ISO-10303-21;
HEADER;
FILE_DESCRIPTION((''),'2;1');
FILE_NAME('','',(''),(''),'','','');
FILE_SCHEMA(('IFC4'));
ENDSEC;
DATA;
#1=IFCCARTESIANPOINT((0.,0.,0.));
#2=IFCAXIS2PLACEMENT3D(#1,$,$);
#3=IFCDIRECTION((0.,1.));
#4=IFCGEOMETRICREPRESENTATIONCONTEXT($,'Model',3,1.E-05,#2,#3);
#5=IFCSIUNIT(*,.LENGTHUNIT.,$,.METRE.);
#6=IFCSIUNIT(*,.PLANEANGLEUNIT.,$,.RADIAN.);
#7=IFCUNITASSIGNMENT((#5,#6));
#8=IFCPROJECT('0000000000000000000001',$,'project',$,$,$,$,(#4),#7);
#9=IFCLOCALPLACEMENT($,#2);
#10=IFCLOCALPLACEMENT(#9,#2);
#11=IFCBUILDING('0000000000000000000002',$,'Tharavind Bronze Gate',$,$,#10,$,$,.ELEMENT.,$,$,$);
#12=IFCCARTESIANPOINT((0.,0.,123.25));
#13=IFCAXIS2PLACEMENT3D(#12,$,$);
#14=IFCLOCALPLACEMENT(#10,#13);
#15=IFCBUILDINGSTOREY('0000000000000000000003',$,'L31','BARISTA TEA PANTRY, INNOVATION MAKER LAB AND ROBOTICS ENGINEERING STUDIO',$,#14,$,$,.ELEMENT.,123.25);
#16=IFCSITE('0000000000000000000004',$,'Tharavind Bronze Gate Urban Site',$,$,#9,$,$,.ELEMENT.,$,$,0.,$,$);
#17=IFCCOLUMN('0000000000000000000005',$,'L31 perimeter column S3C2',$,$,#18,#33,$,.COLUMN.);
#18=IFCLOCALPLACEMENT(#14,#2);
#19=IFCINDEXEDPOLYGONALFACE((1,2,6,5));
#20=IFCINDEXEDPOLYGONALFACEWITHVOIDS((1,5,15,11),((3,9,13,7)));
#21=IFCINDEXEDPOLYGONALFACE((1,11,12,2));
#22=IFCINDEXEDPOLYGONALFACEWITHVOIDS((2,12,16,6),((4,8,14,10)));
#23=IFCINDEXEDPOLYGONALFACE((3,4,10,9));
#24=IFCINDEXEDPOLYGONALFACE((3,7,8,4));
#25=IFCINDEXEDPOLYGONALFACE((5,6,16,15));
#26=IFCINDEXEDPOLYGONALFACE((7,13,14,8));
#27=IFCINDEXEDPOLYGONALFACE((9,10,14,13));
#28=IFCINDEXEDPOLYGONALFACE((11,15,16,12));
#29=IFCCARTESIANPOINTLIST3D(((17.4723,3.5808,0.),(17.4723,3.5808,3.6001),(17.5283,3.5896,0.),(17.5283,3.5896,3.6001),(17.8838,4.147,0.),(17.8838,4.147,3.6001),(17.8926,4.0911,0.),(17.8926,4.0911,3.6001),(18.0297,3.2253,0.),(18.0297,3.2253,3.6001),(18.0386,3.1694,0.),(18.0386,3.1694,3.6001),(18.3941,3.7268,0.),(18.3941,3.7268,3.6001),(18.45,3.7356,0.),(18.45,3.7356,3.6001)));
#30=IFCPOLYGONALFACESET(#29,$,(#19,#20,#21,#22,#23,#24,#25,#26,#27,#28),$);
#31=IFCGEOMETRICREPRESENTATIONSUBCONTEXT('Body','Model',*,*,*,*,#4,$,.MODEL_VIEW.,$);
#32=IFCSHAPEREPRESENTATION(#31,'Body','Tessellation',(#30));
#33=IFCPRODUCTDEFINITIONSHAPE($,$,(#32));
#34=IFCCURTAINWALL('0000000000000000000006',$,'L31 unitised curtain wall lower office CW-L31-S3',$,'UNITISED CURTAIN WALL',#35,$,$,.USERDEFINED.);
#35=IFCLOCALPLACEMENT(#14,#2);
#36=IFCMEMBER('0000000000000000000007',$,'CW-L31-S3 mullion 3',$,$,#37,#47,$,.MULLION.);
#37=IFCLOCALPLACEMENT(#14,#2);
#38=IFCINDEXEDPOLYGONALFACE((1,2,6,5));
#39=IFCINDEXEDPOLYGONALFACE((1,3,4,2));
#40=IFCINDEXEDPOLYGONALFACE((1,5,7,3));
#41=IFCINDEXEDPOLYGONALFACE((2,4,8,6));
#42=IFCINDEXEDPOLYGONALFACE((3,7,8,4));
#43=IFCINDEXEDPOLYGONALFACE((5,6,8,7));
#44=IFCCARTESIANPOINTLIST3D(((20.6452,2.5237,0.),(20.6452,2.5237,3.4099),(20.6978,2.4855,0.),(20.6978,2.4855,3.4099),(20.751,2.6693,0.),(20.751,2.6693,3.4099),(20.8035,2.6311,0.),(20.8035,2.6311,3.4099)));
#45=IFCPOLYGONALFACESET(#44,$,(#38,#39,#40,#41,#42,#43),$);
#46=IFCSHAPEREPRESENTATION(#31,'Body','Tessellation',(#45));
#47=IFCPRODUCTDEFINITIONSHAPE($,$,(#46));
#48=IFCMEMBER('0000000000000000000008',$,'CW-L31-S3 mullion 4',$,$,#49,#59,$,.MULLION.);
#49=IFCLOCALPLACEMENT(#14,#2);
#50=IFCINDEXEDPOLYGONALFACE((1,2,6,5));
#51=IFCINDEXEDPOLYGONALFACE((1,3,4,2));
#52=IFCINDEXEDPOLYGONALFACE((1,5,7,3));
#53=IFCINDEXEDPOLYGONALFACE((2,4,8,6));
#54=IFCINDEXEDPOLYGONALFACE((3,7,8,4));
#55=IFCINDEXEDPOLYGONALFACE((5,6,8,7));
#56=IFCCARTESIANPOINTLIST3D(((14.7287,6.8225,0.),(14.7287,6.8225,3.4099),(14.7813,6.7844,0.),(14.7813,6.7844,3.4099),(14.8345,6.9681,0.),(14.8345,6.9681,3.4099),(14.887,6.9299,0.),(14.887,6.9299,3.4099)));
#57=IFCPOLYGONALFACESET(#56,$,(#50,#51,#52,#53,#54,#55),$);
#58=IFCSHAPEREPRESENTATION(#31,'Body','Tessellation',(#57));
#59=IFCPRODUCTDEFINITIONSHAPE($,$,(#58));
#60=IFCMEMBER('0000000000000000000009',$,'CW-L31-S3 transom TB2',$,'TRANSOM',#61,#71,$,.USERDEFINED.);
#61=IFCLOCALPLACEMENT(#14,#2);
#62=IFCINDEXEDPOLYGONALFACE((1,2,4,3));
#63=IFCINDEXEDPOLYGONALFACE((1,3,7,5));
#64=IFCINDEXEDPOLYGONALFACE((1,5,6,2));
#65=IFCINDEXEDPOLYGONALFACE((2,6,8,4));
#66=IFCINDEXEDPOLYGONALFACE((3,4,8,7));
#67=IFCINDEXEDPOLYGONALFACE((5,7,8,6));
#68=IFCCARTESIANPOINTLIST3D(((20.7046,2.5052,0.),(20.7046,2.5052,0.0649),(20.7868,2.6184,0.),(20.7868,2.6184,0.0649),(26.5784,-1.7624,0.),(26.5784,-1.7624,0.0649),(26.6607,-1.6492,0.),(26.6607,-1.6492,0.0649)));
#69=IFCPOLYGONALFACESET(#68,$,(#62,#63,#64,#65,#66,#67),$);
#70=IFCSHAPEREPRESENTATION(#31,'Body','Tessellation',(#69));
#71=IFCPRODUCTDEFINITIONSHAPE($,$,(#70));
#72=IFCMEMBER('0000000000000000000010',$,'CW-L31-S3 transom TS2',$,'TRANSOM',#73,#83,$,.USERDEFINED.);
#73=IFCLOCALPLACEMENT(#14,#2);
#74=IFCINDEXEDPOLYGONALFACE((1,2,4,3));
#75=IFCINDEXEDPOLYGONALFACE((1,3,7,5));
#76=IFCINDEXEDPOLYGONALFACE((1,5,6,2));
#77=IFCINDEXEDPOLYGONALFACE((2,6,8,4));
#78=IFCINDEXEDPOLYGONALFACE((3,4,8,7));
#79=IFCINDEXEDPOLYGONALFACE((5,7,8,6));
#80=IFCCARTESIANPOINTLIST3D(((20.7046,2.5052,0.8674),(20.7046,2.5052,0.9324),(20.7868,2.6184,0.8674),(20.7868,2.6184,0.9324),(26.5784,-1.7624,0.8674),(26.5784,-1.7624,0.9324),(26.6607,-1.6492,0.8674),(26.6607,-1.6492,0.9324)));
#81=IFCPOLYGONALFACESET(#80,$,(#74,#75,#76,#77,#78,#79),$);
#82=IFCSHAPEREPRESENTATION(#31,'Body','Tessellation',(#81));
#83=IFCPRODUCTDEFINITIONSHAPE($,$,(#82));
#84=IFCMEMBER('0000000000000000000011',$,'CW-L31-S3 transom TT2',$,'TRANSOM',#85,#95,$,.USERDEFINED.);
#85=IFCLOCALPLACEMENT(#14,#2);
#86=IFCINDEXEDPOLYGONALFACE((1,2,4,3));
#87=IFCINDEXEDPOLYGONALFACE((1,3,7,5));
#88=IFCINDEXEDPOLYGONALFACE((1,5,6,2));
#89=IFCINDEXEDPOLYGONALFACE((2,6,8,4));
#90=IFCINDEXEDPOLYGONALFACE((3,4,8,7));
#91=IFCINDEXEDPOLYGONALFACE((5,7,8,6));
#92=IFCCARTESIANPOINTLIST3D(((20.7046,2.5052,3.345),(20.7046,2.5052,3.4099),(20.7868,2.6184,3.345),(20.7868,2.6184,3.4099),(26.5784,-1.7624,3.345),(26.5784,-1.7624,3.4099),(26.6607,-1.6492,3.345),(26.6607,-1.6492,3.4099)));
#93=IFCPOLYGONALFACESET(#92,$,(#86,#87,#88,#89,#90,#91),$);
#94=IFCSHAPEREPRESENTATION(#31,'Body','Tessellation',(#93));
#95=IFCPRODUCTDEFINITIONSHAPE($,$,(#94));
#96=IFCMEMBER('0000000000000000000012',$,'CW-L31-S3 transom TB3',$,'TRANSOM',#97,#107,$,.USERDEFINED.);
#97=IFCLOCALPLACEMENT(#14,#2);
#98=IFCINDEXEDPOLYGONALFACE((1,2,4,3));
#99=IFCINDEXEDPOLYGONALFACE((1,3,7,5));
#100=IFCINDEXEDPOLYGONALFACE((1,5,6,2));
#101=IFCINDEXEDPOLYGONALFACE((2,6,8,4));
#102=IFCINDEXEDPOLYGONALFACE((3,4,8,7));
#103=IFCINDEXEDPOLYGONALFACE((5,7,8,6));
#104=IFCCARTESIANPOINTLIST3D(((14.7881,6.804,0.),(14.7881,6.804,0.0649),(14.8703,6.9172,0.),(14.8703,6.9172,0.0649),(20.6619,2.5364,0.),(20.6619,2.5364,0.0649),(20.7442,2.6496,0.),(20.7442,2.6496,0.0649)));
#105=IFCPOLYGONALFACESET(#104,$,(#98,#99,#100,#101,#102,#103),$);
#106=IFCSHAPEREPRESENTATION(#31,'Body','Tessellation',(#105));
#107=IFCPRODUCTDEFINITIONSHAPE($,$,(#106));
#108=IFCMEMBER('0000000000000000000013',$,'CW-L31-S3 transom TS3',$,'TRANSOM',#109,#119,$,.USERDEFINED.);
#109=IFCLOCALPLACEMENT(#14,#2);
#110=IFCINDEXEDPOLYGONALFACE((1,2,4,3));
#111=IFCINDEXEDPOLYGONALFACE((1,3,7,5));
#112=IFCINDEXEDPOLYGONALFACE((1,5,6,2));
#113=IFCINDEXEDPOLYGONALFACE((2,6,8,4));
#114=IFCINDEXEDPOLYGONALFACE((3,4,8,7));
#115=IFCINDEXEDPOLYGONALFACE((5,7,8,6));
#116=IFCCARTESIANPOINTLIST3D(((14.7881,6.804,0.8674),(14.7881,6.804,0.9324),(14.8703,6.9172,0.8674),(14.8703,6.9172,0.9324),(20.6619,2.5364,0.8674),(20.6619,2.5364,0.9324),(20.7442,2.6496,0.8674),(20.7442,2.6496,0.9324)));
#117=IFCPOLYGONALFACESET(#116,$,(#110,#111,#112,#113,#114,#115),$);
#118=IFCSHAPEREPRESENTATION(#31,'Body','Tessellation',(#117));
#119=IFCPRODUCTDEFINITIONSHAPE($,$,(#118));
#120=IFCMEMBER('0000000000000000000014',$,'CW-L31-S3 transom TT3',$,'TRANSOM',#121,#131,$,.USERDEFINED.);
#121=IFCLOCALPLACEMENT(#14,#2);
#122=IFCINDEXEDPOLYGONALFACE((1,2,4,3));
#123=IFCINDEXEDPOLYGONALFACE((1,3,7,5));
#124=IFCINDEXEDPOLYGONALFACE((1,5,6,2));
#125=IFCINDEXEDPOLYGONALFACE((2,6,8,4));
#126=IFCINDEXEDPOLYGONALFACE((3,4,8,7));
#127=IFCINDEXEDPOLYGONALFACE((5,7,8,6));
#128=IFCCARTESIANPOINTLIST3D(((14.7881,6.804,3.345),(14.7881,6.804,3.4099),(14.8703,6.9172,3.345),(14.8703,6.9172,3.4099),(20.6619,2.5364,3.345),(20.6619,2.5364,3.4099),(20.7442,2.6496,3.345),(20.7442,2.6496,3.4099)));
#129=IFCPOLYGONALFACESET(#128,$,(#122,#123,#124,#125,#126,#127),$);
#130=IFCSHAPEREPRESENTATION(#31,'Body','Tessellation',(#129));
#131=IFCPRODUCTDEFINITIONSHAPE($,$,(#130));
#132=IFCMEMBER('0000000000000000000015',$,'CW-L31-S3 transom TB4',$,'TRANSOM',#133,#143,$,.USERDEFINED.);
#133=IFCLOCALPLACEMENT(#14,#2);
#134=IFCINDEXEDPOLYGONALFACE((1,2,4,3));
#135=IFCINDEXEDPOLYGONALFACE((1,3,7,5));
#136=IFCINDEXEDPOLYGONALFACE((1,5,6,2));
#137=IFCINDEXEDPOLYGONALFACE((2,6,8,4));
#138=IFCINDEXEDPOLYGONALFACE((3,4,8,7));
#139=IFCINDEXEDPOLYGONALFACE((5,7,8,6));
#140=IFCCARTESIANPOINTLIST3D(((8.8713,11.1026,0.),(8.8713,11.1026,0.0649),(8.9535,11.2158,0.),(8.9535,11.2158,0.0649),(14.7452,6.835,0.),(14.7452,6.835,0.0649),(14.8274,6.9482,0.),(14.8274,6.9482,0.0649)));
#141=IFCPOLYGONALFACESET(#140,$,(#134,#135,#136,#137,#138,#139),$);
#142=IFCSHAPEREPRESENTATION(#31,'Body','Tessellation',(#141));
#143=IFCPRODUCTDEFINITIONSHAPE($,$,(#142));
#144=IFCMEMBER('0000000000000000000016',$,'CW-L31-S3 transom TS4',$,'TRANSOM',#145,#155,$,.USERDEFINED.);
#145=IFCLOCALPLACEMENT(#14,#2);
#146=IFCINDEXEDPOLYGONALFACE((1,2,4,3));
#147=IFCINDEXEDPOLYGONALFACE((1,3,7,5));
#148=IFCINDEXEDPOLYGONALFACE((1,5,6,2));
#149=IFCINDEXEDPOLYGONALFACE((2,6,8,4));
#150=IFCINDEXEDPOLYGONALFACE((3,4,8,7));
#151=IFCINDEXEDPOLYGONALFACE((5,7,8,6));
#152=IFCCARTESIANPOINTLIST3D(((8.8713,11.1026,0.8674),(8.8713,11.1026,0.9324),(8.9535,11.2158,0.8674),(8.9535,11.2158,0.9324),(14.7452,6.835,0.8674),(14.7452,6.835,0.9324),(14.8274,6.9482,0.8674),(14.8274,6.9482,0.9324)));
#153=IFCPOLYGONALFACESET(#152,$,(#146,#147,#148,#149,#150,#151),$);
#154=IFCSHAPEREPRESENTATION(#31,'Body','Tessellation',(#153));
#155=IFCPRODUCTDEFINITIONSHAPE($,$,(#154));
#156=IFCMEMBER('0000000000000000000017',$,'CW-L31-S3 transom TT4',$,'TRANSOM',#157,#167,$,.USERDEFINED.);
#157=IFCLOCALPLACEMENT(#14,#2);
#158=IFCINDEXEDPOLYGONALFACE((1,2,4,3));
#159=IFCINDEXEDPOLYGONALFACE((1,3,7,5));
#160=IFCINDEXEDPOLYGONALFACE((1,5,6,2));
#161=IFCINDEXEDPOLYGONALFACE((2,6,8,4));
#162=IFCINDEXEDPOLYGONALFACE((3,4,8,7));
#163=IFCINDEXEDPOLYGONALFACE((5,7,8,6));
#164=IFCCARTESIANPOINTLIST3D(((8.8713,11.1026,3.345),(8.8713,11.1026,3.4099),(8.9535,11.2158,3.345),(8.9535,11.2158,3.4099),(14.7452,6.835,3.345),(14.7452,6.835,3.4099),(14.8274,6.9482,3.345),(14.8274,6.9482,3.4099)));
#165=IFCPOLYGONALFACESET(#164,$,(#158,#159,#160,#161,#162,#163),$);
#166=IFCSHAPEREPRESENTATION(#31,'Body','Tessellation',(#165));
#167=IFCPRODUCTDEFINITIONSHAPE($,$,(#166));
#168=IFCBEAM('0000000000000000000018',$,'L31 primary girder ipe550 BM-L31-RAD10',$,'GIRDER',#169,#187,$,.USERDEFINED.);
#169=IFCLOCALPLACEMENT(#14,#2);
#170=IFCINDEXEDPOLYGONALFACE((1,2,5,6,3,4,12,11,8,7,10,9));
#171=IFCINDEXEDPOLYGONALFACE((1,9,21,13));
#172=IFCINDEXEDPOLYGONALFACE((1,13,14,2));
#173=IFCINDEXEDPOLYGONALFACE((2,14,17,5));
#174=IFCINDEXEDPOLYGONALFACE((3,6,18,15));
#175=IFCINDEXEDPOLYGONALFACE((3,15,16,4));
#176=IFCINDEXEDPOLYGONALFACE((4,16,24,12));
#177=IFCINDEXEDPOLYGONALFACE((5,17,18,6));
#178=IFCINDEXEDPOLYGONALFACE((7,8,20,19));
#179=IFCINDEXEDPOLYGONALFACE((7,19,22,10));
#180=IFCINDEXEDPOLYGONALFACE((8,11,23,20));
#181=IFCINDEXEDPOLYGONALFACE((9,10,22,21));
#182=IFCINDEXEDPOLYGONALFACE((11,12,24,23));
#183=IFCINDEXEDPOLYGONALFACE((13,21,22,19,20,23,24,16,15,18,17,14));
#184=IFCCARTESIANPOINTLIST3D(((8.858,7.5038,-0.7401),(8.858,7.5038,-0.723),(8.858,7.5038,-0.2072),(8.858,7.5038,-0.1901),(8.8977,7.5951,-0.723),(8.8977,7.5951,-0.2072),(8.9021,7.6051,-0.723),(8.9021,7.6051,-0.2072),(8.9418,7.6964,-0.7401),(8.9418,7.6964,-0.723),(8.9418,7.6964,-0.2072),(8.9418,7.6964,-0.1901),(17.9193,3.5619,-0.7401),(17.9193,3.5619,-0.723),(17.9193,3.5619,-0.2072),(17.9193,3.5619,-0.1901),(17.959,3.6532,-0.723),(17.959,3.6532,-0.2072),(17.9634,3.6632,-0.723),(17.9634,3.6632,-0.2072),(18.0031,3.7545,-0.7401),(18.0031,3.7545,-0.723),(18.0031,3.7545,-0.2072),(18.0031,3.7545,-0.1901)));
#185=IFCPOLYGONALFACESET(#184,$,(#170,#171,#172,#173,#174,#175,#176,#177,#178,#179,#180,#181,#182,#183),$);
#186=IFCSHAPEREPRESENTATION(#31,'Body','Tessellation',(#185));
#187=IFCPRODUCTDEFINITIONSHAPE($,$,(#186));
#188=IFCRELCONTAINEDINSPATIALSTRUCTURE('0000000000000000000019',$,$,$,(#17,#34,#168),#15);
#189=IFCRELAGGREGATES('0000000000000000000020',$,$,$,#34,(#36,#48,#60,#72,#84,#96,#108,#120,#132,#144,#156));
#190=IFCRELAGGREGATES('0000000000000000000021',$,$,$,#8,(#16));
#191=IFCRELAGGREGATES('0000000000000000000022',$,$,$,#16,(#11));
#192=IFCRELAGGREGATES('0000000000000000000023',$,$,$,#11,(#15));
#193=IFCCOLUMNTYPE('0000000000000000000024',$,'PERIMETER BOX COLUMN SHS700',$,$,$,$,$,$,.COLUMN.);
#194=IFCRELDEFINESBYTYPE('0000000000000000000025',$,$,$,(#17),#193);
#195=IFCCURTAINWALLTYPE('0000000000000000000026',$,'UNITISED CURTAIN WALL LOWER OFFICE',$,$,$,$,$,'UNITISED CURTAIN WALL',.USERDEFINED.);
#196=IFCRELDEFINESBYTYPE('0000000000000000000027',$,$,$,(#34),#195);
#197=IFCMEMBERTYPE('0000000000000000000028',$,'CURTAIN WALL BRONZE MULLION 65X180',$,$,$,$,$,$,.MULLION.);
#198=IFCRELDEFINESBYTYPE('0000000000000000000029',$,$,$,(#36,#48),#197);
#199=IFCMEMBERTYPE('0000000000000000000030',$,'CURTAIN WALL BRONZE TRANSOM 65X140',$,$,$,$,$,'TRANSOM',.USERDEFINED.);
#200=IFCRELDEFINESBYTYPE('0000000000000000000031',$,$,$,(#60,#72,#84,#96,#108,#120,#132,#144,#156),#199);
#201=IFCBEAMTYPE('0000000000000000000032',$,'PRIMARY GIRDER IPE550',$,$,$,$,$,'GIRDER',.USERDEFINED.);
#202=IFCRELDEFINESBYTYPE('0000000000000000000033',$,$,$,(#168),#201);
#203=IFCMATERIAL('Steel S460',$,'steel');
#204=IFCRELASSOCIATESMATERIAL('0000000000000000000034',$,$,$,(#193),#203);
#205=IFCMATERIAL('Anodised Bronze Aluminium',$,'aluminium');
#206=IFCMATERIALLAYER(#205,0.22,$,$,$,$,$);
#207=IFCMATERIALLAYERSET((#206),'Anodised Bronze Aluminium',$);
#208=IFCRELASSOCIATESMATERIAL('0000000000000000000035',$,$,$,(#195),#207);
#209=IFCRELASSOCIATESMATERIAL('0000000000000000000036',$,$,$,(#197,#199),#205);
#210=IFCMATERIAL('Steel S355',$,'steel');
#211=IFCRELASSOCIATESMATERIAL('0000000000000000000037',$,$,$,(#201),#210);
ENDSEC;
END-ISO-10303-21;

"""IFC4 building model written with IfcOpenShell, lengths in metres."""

from ifc_helpers import new_model, si_unit, direction, frame, origin, origin_2d, place, context, subcontext, project, spatial, rectangle, hollow_rectangle, i_section, extrude, material, layer, layer_set, material_profile, profile_set, type_object, element, aggregate, save


model = new_model("IFC4")

# Units and contexts
model_context = context("Model", 3, precision=1e-05, world=origin(), true_north=direction((0.0, 1.0)))
body_context = subcontext(model_context, "Body", "Model", "MODEL_VIEW")
ifc_project = project(units=[si_unit("LENGTHUNIT", "METRE"), si_unit("PLANEANGLEUNIT", "RADIAN")], contexts=[model_context])

# Site, building, storey
site_placement = place(None, origin())
site = spatial("IfcSite", under=ifc_project, at=site_placement, Name="Tharavind Bronze Gate Urban Site", CompositionType="ELEMENT", RefElevation=0.0)
building_placement = place(site_placement, origin())
building = spatial("IfcBuilding", under=site, at=building_placement, Name="Tharavind Bronze Gate", CompositionType="ELEMENT")
storey_placement = place(building_placement, frame((0.0, 0.0, 123.25)))
storey = spatial("IfcBuildingStorey", under=building, at=storey_placement, Name="L31", Description="BARISTA TEA PANTRY, INNOVATION MAKER LAB AND ROBOTICS ENGINEERING STUDIO", CompositionType="ELEMENT", Elevation=123.25)

# Column
ifc_material_1 = material(Name="Steel S460", Category="steel")
ifc_material_profile_1 = material_profile(ifc_material_1, hollow_rectangle(XDim=0.7, YDim=0.7, WallThickness=0.04, at=origin_2d()), Name="SHS700X40")
ifc_profile_set_1 = profile_set([ifc_material_profile_1], Name="Steel S460")
column_type = type_object("IfcColumnType", Name="PERIMETER BOX COLUMN SHS700", PredefinedType="COLUMN", material=ifc_profile_set_1)
column_placement = place(storey_placement, frame((17.9612, 3.6582, 0.0), z_axis=(0.0, 0.0, 1.0), x_axis=(-0.809017, 0.587785, 0.0)))
element("IfcColumn", 1, at=column_placement, inside=storey, type_object=column_type, Name="L31 perimeter column S3C2", PredefinedType="COLUMN", context=body_context, shape_type="SweptSolid", body=[
    extrude(hollow_rectangle(XDim=0.7, YDim=0.7, WallThickness=0.04, at=origin_2d()), origin(), (0.0, 0.0, 1.0), 3.6001),
])

# Curtain wall, members
ifc_material_2 = material(Name="Anodised Bronze Aluminium", Category="aluminium")
ifc_layer_1 = layer(ifc_material_2, 0.22)
ifc_layer_set_1 = layer_set([ifc_layer_1], Name="Anodised Bronze Aluminium")
curtain_wall_type = type_object("IfcCurtainWallType", Name="UNITISED CURTAIN WALL LOWER OFFICE", ElementType="UNITISED CURTAIN WALL", PredefinedType="USERDEFINED", material=ifc_layer_set_1)
curtain_wall_placement = place(storey_placement, origin())
curtain_wall = element("IfcCurtainWall", 2, at=curtain_wall_placement, inside=storey, type_object=curtain_wall_type, Name="L31 unitised curtain wall lower office CW-L31-S3", ObjectType="UNITISED CURTAIN WALL", PredefinedType="USERDEFINED")
member_type_1 = type_object("IfcMemberType", Name="CURTAIN WALL BRONZE MULLION 65X180", PredefinedType="MULLION", material=ifc_material_2)
member_1_placement = place(storey_placement, frame((20.7244, 2.5774, 0.0), z_axis=(0.0, 0.0, 1.0), x_axis=(-0.809017, 0.587785, 0.0)))
member_1 = element("IfcMember", 3, at=member_1_placement, type_object=member_type_1, Name="CW-L31-S3 mullion 3", PredefinedType="MULLION", context=body_context, shape_type="SweptSolid", body=[
    extrude(rectangle(XDim=0.0649, YDim=0.1799, at=origin_2d()), origin(), (0.0, 0.0, 1.0), 3.4099),
])
member_2_placement = place(storey_placement, frame((14.8079, 6.8762, 0.0), z_axis=(0.0, 0.0, 1.0), x_axis=(-0.809017, 0.587785, 0.0)))
member_2 = element("IfcMember", 4, at=member_2_placement, type_object=member_type_1, Name="CW-L31-S3 mullion 4", PredefinedType="MULLION", context=body_context, shape_type="SweptSolid", body=[
    extrude(rectangle(XDim=0.0649, YDim=0.1799, at=origin_2d()), origin(), (0.0, 0.0, 1.0), 3.4099),
])
member_type_2 = type_object("IfcMemberType", Name="CURTAIN WALL BRONZE TRANSOM 65X140", ElementType="TRANSOM", PredefinedType="USERDEFINED", material=ifc_material_2)
member_3_placement = place(storey_placement, frame((23.6826, 0.428, 0.0), z_axis=(0.0, 0.0, 1.0), x_axis=(-0.809017, 0.587785, 0.0)))
member_3 = element("IfcMember", 5, at=member_3_placement, type_object=member_type_2, Name="CW-L31-S3 transom TB2", ObjectType="TRANSOM", PredefinedType="USERDEFINED", context=body_context, shape_type="SweptSolid", body=[
    extrude(rectangle(XDim=7.2605, YDim=0.1399, at=origin_2d()), origin(), (0.0, 0.0, 1.0), 0.0649),
])
member_4_placement = place(storey_placement, frame((23.6826, 0.428, 0.8674), z_axis=(0.0, 0.0, 1.0), x_axis=(-0.809017, 0.587785, 0.0)))
member_4 = element("IfcMember", 6, at=member_4_placement, type_object=member_type_2, Name="CW-L31-S3 transom TS2", ObjectType="TRANSOM", PredefinedType="USERDEFINED", context=body_context, shape_type="SweptSolid", body=[
    extrude(rectangle(XDim=7.2605, YDim=0.1399, at=origin_2d()), origin(), (0.0, 0.0, 1.0), 0.0649),
])
member_5_placement = place(storey_placement, frame((23.6826, 0.428, 3.345), z_axis=(0.0, 0.0, 1.0), x_axis=(-0.809017, 0.587785, 0.0)))
member_5 = element("IfcMember", 7, at=member_5_placement, type_object=member_type_2, Name="CW-L31-S3 transom TT2", ObjectType="TRANSOM", PredefinedType="USERDEFINED", context=body_context, shape_type="SweptSolid", body=[
    extrude(rectangle(XDim=7.2605, YDim=0.1399, at=origin_2d()), origin(), (0.0, 0.0, 1.0), 0.0649),
])
member_6_placement = place(storey_placement, frame((17.7661, 4.7268, 0.0), z_axis=(0.0, 0.0, 1.0), x_axis=(-0.809017, 0.587785, 0.0)))
member_6 = element("IfcMember", 8, at=member_6_placement, type_object=member_type_2, Name="CW-L31-S3 transom TB3", ObjectType="TRANSOM", PredefinedType="USERDEFINED", context=body_context, shape_type="SweptSolid", body=[
    extrude(rectangle(XDim=7.2605, YDim=0.1399, at=origin_2d()), origin(), (0.0, 0.0, 1.0), 0.0649),
])
member_7_placement = place(storey_placement, frame((17.7661, 4.7268, 0.8674), z_axis=(0.0, 0.0, 1.0), x_axis=(-0.809017, 0.587785, 0.0)))
member_7 = element("IfcMember", 9, at=member_7_placement, type_object=member_type_2, Name="CW-L31-S3 transom TS3", ObjectType="TRANSOM", PredefinedType="USERDEFINED", context=body_context, shape_type="SweptSolid", body=[
    extrude(rectangle(XDim=7.2605, YDim=0.1399, at=origin_2d()), origin(), (0.0, 0.0, 1.0), 0.0649),
])
member_8_placement = place(storey_placement, frame((17.7661, 4.7268, 3.345), z_axis=(0.0, 0.0, 1.0), x_axis=(-0.809017, 0.587785, 0.0)))
member_8 = element("IfcMember", 10, at=member_8_placement, type_object=member_type_2, Name="CW-L31-S3 transom TT3", ObjectType="TRANSOM", PredefinedType="USERDEFINED", context=body_context, shape_type="SweptSolid", body=[
    extrude(rectangle(XDim=7.2605, YDim=0.1399, at=origin_2d()), origin(), (0.0, 0.0, 1.0), 0.0649),
])
member_9_placement = place(storey_placement, frame((11.8494, 9.0254, 0.0), z_axis=(0.0, 0.0, 1.0), x_axis=(-0.809017, 0.587785, 0.0)))
member_9 = element("IfcMember", 11, at=member_9_placement, type_object=member_type_2, Name="CW-L31-S3 transom TB4", ObjectType="TRANSOM", PredefinedType="USERDEFINED", context=body_context, shape_type="SweptSolid", body=[
    extrude(rectangle(XDim=7.2605, YDim=0.1399, at=origin_2d()), origin(), (0.0, 0.0, 1.0), 0.0649),
])
member_10_placement = place(storey_placement, frame((11.8494, 9.0254, 0.8674), z_axis=(0.0, 0.0, 1.0), x_axis=(-0.809017, 0.587785, 0.0)))
member_10 = element("IfcMember", 12, at=member_10_placement, type_object=member_type_2, Name="CW-L31-S3 transom TS4", ObjectType="TRANSOM", PredefinedType="USERDEFINED", context=body_context, shape_type="SweptSolid", body=[
    extrude(rectangle(XDim=7.2605, YDim=0.1399, at=origin_2d()), origin(), (0.0, 0.0, 1.0), 0.0649),
])
member_11_placement = place(storey_placement, frame((11.8494, 9.0254, 3.345), z_axis=(0.0, 0.0, 1.0), x_axis=(-0.809017, 0.587785, 0.0)))
member_11 = element("IfcMember", 13, at=member_11_placement, type_object=member_type_2, Name="CW-L31-S3 transom TT4", ObjectType="TRANSOM", PredefinedType="USERDEFINED", context=body_context, shape_type="SweptSolid", body=[
    extrude(rectangle(XDim=7.2605, YDim=0.1399, at=origin_2d()), origin(), (0.0, 0.0, 1.0), 0.0649),
])

# Beam
ifc_material_3 = material(Name="Steel S355", Category="steel")
ifc_material_profile_2 = material_profile(ifc_material_3, i_section(OverallWidth=0.21, OverallDepth=0.55, WebThickness=0.011, FlangeThickness=0.0171, at=origin_2d()), Name="IPE550")
ifc_profile_set_2 = profile_set([ifc_material_profile_2], Name="Steel S355")
beam_type_1 = type_object("IfcBeamType", Name="PRIMARY GIRDER IPE550", ElementType="GIRDER", PredefinedType="USERDEFINED", material=ifc_profile_set_2)
beam_1_placement = place(storey_placement, frame((17.9612, 3.6582, -0.4651), z_axis=(-0.916988, 0.398914, 0.0), x_axis=(-0.398914, -0.916988, 0.0)))
element("IfcBeam", 14, at=beam_1_placement, inside=storey, type_object=beam_type_1, Name="L31 primary girder ipe550 BM-L31-RAD10", ObjectType="GIRDER", PredefinedType="USERDEFINED", context=body_context, shape_type="SweptSolid", body=[
    extrude(i_section(OverallWidth=0.21, OverallDepth=0.55, WebThickness=0.011, FlangeThickness=0.0171, at=origin_2d()), origin(), (0.0, 0.0, 1.0), 9.8816),
])

aggregate(curtain_wall, [member_1, member_2, member_3, member_4, member_5, member_6, member_7, member_8, member_9, member_10, member_11])

save(model, "model.ifc")
